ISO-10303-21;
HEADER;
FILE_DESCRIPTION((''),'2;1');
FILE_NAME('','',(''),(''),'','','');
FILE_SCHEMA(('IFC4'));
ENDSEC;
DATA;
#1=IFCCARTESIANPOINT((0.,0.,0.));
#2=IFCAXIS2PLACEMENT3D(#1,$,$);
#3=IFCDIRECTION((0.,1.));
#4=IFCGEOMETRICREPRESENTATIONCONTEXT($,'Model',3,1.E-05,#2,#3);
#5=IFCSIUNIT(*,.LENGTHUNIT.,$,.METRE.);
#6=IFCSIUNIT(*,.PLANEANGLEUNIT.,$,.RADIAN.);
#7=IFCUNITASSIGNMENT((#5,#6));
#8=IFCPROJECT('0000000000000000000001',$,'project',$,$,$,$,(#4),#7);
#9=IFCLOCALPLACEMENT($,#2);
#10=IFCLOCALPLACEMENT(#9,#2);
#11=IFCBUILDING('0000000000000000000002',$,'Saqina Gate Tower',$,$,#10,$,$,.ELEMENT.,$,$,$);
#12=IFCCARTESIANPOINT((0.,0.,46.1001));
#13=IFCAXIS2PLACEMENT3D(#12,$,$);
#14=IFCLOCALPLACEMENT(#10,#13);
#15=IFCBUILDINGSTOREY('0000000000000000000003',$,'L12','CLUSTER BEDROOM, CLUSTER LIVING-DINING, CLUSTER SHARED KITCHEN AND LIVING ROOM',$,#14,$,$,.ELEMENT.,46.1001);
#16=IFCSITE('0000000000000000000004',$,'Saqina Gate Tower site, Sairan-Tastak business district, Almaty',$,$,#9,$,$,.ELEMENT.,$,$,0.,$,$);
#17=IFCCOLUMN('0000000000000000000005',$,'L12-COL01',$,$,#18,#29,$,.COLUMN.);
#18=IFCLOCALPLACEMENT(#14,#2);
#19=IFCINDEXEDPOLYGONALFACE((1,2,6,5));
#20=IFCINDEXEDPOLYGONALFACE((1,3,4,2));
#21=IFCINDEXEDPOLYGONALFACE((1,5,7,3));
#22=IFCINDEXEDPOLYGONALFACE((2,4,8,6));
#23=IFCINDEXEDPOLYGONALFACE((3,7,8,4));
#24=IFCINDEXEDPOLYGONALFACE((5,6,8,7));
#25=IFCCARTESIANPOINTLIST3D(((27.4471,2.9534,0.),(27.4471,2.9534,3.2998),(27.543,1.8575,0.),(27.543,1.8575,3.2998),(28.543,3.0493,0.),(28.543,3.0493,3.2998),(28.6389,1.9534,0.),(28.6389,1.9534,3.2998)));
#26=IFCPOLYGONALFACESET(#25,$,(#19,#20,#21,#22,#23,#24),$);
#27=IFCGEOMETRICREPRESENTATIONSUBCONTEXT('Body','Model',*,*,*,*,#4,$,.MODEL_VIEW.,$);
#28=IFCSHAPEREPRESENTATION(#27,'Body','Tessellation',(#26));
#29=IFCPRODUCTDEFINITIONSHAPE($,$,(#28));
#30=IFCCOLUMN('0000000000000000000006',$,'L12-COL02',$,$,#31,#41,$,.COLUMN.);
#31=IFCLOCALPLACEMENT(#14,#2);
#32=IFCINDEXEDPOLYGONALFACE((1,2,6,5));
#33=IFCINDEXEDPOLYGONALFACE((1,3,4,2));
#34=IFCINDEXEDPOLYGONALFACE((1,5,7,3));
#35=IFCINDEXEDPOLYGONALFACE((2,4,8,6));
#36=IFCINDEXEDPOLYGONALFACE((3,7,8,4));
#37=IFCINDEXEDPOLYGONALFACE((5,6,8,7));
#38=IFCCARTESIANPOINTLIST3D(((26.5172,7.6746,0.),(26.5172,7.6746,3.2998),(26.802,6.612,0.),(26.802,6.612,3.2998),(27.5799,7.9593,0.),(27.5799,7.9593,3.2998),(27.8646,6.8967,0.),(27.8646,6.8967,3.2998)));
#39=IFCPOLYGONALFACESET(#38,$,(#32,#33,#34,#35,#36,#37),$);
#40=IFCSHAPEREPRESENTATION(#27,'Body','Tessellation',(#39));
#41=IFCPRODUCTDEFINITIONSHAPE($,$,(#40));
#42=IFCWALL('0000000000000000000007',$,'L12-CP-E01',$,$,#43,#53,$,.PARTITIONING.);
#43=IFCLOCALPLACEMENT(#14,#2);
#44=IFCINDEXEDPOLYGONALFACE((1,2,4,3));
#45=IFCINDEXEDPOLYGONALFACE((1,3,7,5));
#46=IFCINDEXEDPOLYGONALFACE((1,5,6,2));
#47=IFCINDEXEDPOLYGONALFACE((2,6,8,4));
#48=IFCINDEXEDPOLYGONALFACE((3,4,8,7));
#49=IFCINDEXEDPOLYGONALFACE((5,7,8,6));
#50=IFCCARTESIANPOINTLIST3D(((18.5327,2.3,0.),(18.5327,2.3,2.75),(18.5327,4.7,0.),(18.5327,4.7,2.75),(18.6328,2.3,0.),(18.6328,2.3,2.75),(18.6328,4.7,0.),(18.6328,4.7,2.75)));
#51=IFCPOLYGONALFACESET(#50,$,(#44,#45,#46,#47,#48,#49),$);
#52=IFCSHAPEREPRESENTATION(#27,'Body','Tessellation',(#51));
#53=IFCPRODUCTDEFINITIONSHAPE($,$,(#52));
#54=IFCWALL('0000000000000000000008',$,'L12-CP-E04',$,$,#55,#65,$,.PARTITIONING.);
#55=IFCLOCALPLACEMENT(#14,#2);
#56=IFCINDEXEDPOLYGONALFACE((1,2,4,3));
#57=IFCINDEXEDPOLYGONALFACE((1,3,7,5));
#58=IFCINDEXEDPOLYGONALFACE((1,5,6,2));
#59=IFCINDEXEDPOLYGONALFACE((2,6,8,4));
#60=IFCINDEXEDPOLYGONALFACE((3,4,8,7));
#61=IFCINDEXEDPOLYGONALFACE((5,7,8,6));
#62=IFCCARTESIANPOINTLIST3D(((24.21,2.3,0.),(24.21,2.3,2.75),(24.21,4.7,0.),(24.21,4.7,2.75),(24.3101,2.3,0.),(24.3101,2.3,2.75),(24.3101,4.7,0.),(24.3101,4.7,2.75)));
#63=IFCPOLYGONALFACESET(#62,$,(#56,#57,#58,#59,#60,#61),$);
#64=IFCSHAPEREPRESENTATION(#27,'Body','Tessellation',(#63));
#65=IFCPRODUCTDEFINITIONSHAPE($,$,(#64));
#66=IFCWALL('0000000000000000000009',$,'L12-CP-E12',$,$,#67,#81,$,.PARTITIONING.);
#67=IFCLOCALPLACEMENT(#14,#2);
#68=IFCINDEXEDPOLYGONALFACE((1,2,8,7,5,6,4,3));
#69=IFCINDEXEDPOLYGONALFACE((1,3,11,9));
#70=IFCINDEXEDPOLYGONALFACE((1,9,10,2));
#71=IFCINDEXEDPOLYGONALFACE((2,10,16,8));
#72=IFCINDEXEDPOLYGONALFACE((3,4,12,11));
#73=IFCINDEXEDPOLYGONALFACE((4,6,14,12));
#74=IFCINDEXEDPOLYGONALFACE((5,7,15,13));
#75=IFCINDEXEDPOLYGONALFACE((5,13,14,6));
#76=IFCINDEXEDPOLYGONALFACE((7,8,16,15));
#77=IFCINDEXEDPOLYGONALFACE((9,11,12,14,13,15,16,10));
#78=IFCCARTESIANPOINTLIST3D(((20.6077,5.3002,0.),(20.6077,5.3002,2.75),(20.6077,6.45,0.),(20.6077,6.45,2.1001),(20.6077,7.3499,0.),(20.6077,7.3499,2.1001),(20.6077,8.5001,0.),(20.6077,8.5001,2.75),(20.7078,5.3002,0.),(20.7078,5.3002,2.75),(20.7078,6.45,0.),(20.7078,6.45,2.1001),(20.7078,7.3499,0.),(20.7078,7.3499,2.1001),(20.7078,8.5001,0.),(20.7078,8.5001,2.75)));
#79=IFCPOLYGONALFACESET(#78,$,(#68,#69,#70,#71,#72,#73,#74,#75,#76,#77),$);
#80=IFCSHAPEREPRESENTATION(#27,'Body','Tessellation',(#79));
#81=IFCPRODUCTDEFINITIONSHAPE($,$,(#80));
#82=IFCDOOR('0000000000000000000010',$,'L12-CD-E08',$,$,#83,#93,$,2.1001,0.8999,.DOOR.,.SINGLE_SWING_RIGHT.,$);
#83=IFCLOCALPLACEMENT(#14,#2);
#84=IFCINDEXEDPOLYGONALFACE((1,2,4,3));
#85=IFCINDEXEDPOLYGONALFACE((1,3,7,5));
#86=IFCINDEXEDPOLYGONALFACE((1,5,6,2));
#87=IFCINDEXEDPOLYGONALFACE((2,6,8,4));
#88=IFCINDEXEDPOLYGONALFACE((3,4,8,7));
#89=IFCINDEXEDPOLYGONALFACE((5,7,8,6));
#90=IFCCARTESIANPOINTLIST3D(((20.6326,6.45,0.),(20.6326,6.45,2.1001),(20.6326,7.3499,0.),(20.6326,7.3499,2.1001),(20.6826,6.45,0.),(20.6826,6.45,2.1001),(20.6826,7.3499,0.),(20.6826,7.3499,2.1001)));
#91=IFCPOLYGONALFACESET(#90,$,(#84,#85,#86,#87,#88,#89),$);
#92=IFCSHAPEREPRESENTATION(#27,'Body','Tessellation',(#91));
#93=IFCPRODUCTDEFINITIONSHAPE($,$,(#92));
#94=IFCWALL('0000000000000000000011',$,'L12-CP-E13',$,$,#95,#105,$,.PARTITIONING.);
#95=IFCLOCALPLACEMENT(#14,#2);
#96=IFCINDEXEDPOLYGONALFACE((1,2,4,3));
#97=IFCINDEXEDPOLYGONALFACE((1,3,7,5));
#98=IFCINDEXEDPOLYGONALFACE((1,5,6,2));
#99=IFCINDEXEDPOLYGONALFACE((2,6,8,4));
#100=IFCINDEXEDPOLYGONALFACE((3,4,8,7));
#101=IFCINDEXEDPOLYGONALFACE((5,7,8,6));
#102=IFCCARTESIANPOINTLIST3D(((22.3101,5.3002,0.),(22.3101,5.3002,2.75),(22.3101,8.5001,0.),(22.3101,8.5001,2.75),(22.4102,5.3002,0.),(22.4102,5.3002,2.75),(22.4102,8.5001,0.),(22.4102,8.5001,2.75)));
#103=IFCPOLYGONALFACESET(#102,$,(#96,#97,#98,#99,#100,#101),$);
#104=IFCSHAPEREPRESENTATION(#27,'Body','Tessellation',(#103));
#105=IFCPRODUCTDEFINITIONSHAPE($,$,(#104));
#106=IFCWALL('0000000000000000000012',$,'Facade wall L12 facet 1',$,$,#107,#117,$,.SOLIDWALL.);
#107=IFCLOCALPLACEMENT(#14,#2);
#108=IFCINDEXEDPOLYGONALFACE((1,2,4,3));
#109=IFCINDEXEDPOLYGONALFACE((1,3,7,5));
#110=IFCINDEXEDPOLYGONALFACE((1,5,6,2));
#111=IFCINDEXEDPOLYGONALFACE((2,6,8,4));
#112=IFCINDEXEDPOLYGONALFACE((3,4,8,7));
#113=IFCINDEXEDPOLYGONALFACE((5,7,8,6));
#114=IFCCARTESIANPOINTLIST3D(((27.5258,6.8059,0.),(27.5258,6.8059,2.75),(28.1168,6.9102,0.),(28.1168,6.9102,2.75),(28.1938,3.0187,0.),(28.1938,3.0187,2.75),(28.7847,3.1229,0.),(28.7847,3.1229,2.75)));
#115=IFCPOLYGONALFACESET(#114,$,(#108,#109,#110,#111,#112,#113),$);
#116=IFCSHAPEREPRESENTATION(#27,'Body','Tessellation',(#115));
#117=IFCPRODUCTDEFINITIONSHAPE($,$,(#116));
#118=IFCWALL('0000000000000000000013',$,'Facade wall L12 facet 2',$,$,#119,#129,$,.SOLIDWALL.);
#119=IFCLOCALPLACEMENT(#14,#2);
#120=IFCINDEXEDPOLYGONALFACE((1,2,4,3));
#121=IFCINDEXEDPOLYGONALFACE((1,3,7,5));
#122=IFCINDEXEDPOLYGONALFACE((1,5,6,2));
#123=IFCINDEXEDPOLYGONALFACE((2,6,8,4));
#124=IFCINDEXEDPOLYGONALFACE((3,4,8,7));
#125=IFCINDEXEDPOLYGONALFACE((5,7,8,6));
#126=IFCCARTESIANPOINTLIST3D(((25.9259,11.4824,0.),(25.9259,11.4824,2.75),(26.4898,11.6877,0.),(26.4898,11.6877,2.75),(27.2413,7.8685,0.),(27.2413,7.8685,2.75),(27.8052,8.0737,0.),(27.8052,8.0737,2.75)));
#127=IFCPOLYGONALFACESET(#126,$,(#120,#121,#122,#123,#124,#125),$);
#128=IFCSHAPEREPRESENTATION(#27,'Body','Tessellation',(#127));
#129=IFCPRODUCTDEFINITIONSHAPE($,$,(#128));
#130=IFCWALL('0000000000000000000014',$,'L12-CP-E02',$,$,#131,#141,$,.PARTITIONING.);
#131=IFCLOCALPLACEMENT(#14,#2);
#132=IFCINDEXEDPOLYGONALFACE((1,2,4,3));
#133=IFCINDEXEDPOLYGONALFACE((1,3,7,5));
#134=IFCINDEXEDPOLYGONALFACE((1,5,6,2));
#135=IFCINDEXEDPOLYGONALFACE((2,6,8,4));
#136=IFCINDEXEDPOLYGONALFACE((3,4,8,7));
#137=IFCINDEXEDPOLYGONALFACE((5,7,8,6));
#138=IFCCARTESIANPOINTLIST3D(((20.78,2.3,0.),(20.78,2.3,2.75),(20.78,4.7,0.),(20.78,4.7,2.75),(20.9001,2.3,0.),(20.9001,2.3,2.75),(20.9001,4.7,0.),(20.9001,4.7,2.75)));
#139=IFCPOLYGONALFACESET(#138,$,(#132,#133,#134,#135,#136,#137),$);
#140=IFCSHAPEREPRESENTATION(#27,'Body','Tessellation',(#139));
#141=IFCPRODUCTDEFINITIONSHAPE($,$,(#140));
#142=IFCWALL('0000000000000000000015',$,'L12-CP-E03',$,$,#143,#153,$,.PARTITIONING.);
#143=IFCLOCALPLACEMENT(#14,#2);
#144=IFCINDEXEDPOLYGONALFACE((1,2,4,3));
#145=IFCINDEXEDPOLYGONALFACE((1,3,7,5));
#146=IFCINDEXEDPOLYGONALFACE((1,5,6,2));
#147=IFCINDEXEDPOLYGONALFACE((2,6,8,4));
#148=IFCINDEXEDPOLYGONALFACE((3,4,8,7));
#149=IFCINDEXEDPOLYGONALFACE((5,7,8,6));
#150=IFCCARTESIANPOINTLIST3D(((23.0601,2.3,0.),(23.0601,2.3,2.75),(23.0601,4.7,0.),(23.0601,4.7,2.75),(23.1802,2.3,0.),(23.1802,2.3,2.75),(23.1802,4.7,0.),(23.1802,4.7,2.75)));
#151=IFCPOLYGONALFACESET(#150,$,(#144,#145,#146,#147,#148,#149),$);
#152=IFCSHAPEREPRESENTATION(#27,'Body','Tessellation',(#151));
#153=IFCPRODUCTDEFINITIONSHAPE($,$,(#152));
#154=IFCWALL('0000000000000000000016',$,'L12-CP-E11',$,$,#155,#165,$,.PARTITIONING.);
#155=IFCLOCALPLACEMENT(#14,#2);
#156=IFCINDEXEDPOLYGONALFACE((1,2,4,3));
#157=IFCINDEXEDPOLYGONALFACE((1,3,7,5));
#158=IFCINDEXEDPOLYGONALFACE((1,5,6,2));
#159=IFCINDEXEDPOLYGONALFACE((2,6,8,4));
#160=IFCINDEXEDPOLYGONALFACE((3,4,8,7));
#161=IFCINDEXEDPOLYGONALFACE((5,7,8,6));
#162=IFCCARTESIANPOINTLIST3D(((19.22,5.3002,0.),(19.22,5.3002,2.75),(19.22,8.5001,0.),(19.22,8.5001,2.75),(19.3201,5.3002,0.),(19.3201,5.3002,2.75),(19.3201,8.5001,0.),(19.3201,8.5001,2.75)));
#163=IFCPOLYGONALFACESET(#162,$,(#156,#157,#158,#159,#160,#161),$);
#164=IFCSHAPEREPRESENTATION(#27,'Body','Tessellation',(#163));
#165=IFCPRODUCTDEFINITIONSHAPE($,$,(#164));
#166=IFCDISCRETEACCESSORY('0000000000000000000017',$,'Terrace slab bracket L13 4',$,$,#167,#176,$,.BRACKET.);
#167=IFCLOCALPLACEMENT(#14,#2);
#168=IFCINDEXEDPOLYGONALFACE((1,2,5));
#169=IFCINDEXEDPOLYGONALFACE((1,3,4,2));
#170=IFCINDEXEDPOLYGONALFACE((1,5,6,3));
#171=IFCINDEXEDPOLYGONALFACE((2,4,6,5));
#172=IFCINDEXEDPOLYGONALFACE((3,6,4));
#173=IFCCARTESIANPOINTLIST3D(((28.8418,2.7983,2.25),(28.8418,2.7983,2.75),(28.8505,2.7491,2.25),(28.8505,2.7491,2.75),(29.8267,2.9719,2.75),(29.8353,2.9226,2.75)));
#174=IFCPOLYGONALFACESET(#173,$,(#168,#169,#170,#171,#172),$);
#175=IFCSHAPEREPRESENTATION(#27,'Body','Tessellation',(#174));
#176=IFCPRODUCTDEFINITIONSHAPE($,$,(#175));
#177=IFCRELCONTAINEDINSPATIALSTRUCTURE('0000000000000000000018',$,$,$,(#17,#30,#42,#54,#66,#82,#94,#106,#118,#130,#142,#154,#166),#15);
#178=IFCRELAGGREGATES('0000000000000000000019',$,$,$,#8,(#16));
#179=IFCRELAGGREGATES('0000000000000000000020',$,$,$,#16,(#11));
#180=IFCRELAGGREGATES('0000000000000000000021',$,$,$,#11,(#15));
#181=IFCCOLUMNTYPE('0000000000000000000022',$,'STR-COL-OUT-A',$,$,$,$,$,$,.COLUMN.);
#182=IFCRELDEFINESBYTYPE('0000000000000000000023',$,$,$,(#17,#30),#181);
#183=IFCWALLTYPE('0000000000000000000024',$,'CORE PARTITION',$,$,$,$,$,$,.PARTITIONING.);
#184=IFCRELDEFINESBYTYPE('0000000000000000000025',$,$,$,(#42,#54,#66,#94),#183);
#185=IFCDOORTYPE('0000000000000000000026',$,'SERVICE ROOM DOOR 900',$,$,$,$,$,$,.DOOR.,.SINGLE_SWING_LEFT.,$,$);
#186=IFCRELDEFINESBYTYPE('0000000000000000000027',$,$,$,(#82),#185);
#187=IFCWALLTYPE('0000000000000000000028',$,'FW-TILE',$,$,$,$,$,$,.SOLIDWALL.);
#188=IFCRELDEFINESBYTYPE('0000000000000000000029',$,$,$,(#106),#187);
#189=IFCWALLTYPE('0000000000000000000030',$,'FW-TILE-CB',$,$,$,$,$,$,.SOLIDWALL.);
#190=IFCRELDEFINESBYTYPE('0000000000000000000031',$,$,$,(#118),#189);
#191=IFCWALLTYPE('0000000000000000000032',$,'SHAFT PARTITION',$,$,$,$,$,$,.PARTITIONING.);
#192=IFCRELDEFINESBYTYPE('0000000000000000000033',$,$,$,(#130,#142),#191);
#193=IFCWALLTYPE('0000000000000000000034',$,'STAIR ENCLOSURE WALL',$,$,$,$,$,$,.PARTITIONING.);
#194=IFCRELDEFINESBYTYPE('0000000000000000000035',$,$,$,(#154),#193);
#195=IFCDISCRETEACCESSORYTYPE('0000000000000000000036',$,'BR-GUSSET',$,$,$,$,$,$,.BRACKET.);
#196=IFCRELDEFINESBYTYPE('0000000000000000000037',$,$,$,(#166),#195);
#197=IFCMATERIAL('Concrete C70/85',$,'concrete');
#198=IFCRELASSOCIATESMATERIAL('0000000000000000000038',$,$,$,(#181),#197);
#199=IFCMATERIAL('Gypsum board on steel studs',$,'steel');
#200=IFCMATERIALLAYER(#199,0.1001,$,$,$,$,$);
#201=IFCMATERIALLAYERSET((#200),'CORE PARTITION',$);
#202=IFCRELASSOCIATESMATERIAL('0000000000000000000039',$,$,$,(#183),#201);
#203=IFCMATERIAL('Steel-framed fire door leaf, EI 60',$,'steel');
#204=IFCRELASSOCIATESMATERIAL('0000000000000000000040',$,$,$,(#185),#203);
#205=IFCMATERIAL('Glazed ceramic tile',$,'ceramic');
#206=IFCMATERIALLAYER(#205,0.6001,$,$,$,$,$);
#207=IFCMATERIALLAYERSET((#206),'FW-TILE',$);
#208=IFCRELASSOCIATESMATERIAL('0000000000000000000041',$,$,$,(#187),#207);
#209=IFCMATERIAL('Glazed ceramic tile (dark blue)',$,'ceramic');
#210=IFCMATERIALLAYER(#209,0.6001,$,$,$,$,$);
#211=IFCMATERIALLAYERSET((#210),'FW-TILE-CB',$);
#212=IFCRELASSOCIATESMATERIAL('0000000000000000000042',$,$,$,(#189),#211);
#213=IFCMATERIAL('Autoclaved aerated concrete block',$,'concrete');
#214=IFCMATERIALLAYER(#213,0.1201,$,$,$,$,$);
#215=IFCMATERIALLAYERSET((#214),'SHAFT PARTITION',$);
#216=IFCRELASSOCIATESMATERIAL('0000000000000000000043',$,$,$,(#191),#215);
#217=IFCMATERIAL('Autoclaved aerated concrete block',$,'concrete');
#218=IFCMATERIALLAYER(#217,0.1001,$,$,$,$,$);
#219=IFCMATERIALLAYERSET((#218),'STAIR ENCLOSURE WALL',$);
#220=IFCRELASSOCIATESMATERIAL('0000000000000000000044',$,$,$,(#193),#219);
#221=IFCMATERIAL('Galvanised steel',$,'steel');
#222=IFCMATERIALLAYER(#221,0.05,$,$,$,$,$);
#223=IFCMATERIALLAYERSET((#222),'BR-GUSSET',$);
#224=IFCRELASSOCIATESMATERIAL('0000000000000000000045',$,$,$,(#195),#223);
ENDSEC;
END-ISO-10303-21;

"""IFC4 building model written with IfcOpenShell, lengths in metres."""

from ifc_helpers import new_model, si_unit, direction, frame, frame_2d, origin, origin_2d, place, context, subcontext, project, spatial, polyline, rectangle, outline, extrude, material, layer, layer_set, material_profile, profile_set, type_object, element, fill, save


model = new_model("IFC4")

# Units and contexts
model_context = context("Model", 3, precision=1e-05, world=origin(), true_north=direction((0.0, 1.0)))
body_context = subcontext(model_context, "Body", "Model", "MODEL_VIEW")
ifc_project = project(units=[si_unit("LENGTHUNIT", "METRE"), si_unit("PLANEANGLEUNIT", "RADIAN")], contexts=[model_context])

# Site, building, storey
site_placement = place(None, origin())
site = spatial("IfcSite", under=ifc_project, at=site_placement, Name="Saqina Gate Tower site, Sairan-Tastak business district, Almaty", CompositionType="ELEMENT", RefElevation=0.0)
building_placement = place(site_placement, origin())
building = spatial("IfcBuilding", under=site, at=building_placement, Name="Saqina Gate Tower", CompositionType="ELEMENT")
storey_placement = place(building_placement, frame((0.0, 0.0, 46.1001)))
storey = spatial("IfcBuildingStorey", under=building, at=storey_placement, Name="L12", Description="CLUSTER BEDROOM, CLUSTER LIVING-DINING, CLUSTER SHARED KITCHEN AND LIVING ROOM", CompositionType="ELEMENT", Elevation=46.1001)

# Columns
ifc_material_1 = material(Name="Concrete C70/85", Category="concrete")
ifc_material_profile = material_profile(ifc_material_1, rectangle(XDim=1.1001, YDim=1.1001, at=origin_2d()), Name="RC 1100x1100")
ifc_profile_set = profile_set([ifc_material_profile], Name="Concrete C70/85")
column_type = type_object("IfcColumnType", Name="STR-COL-OUT-A", PredefinedType="COLUMN", material=ifc_profile_set)
for number, where, z_axis, x_axis, name in (
    (1, (28.043, 2.4534, 0.0), (0.0, 0.0, 1.0), (0.996195, 0.087156, 0.0), "L12-COL01"),
    (2, (27.1909, 7.2856, 0.0), (0.0, 0.0, 1.0), (0.965926, 0.258819, 0.0), "L12-COL02"),
):
    element("IfcColumn", number, at=place(storey_placement, frame(where, z_axis=z_axis, x_axis=x_axis)), inside=storey, type_object=column_type, Name=name, PredefinedType="COLUMN", context=body_context, shape_type="SweptSolid", body=[
        extrude(rectangle(XDim=1.1001, YDim=1.1001, at=origin_2d()), origin(), (0.0, 0.0, 1.0), 3.2998),
    ])

# Walls
ifc_material_2 = material(Name="Gypsum board on steel studs", Category="steel")
ifc_layer_1 = layer(ifc_material_2, 0.1001)
ifc_layer_set_1 = layer_set([ifc_layer_1], Name="CORE PARTITION")
wall_type_1 = type_object("IfcWallType", Name="CORE PARTITION", PredefinedType="PARTITIONING", material=ifc_layer_set_1)
for number, where, z_axis, x_axis, name in (
    (3, (18.5828, 2.3, 0.0), (0.0, 0.0, 1.0), (0.0, 1.0, 0.0), "L12-CP-E01"),
    (4, (24.26, 2.3, 0.0), (0.0, 0.0, 1.0), (0.0, 1.0, 0.0), "L12-CP-E04"),
):
    element("IfcWall", number, at=place(storey_placement, frame(where, z_axis=z_axis, x_axis=x_axis)), inside=storey, type_object=wall_type_1, Name=name, PredefinedType="PARTITIONING", context=body_context, shape_type="SweptSolid", body=[
        extrude(rectangle(XDim=2.3999, YDim=0.1001, at=frame_2d((1.2, 0.0))), origin(), (0.0, 0.0, 1.0), 2.75),
    ])

# Wall, opening, door
wall_1_placement = place(storey_placement, frame((20.6577, 5.3, 0.0), z_axis=(0.0, 0.0, 1.0), x_axis=(0.0, 1.0, 0.0)))
wall_1 = element("IfcWall", 5, at=wall_1_placement, inside=storey, type_object=wall_type_1, Name="L12-CP-E12", PredefinedType="PARTITIONING", context=body_context, shape_type="SweptSolid", body=[
    extrude(rectangle(XDim=3.2, YDim=0.1001, at=frame_2d((1.6001, 0.0))), origin(), (0.0, 0.0, 1.0), 2.75),
])
opening_placement = place(wall_1_placement, frame((1.1499, 0.0, 0.0)))
opening = element("IfcOpeningElement", 6, at=opening_placement, cuts=wall_1, PredefinedType="OPENING", context=body_context, shape_type="SweptSolid", body=[
    extrude(rectangle(XDim=0.8999, YDim=2.1001, at=frame_2d((0.45, 1.05))), frame((0.0, 0.062, 0.0), z_axis=(0.0, -1.0, 0.0), x_axis=(1.0, 0.0, 0.0)), (0.0, 0.0, 1.0), 0.124),
])
ifc_material_3 = material(Name="Steel-framed fire door leaf, EI 60", Category="steel")
door_type = type_object("IfcDoorType", Name="SERVICE ROOM DOOR 900", OperationType="SINGLE_SWING_LEFT", PredefinedType="DOOR", material=ifc_material_3)
door_placement = place(opening_placement, frame((0.8999, 0.0, 0.0), z_axis=(0.0, 0.0, 1.0), x_axis=(-1.0, 0.0, 0.0)))
door = element("IfcDoor", 7, at=door_placement, inside=storey, type_object=door_type, Name="L12-CD-E08", OperationType="SINGLE_SWING_RIGHT", OverallHeight=2.1001, OverallWidth=0.8999, PredefinedType="DOOR", context=body_context, shape_type="SweptSolid", body=[
    extrude(rectangle(XDim=0.8999, YDim=2.1001, at=frame_2d((0.45, 1.05))), frame((0.0, 0.0249, 0.0), z_axis=(0.0, -1.0, 0.0), x_axis=(1.0, 0.0, 0.0)), (0.0, 0.0, 1.0), 0.05),
])
fill(opening, door)

# Walls
wall_2_placement = place(storey_placement, frame((22.3601, 5.3, 0.0), z_axis=(0.0, 0.0, 1.0), x_axis=(0.0, 1.0, 0.0)))
element("IfcWall", 8, at=wall_2_placement, inside=storey, type_object=wall_type_1, Name="L12-CP-E13", PredefinedType="PARTITIONING", context=body_context, shape_type="SweptSolid", body=[
    extrude(rectangle(XDim=3.2, YDim=0.1001, at=frame_2d((1.6001, 0.0))), origin(), (0.0, 0.0, 1.0), 2.75),
])
ifc_material_4 = material(Name="Glazed ceramic tile", Category="ceramic")
ifc_layer_2 = layer(ifc_material_4, 0.6001)
ifc_layer_set_2 = layer_set([ifc_layer_2], Name="FW-TILE")
wall_type_2 = type_object("IfcWallType", Name="FW-TILE", PredefinedType="SOLIDWALL", material=ifc_layer_set_2)
wall_3_placement = place(storey_placement, frame((28.4893, 3.0708, 0.0), z_axis=(0.0, 0.0, 1.0), x_axis=(-0.173688, 0.984801, 0.0)))
element("IfcWall", 9, at=wall_3_placement, inside=storey, type_object=wall_type_2, Name="Facade wall L12 facet 1", PredefinedType="SOLIDWALL", context=body_context, shape_type="SweptSolid", body=[
    extrude(rectangle(XDim=3.8457, YDim=0.6001, at=frame_2d((1.9229, 0.0))), origin(), (0.0, 0.0, 1.0), 2.75),
])
ifc_material_5 = material(Name="Glazed ceramic tile (dark blue)", Category="ceramic")
ifc_layer_3 = layer(ifc_material_5, 0.6001)
ifc_layer_set_3 = layer_set([ifc_layer_3], Name="FW-TILE-CB")
wall_type_3 = type_object("IfcWallType", Name="FW-TILE-CB", PredefinedType="SOLIDWALL", material=ifc_layer_set_3)
wall_4_placement = place(storey_placement, frame((27.5232, 7.9712, 0.0), z_axis=(0.0, 0.0, 1.0), x_axis=(-0.342028, 0.93969, 0.0)))
element("IfcWall", 10, at=wall_4_placement, inside=storey, type_object=wall_type_3, Name="Facade wall L12 facet 2", PredefinedType="SOLIDWALL", context=body_context, shape_type="SweptSolid", body=[
    extrude(rectangle(XDim=3.8459, YDim=0.6001, at=frame_2d((1.9229, 0.0))), origin(), (0.0, 0.0, 1.0), 2.75),
])
ifc_material_6 = material(Name="Autoclaved aerated concrete block", Category="concrete")
ifc_layer_4 = layer(ifc_material_6, 0.1201)
ifc_layer_set_4 = layer_set([ifc_layer_4], Name="SHAFT PARTITION")
wall_type_4 = type_object("IfcWallType", Name="SHAFT PARTITION", PredefinedType="PARTITIONING", material=ifc_layer_set_4)
for number, where, z_axis, x_axis, name in (
    (11, (20.8401, 2.3, 0.0), (0.0, 0.0, 1.0), (0.0, 1.0, 0.0), "L12-CP-E02"),
    (12, (23.1201, 2.3, 0.0), (0.0, 0.0, 1.0), (0.0, 1.0, 0.0), "L12-CP-E03"),
):
    element("IfcWall", number, at=place(storey_placement, frame(where, z_axis=z_axis, x_axis=x_axis)), inside=storey, type_object=wall_type_4, Name=name, PredefinedType="PARTITIONING", context=body_context, shape_type="SweptSolid", body=[
        extrude(rectangle(XDim=2.3999, YDim=0.1201, at=frame_2d((1.2, 0.0))), origin(), (0.0, 0.0, 1.0), 2.75),
    ])
ifc_material_7 = material(Name="Autoclaved aerated concrete block", Category="concrete")
ifc_layer_5 = layer(ifc_material_7, 0.1001)
ifc_layer_set_5 = layer_set([ifc_layer_5], Name="STAIR ENCLOSURE WALL")
wall_type_5 = type_object("IfcWallType", Name="STAIR ENCLOSURE WALL", PredefinedType="PARTITIONING", material=ifc_layer_set_5)
wall_5_placement = place(storey_placement, frame((19.27, 5.3, 0.0), z_axis=(0.0, 0.0, 1.0), x_axis=(0.0, 1.0, 0.0)))
element("IfcWall", 13, at=wall_5_placement, inside=storey, type_object=wall_type_5, Name="L12-CP-E11", PredefinedType="PARTITIONING", context=body_context, shape_type="SweptSolid", body=[
    extrude(rectangle(XDim=3.2, YDim=0.1001, at=frame_2d((1.6001, 0.0))), origin(), (0.0, 0.0, 1.0), 2.75),
])

# Discrete accessory
ifc_material_8 = material(Name="Galvanised steel", Category="steel")
ifc_layer_6 = layer(ifc_material_8, 0.05)
ifc_layer_set_6 = layer_set([ifc_layer_6], Name="BR-GUSSET")
discrete_accessory_type = type_object("IfcDiscreteAccessoryType", Name="BR-GUSSET", PredefinedType="BRACKET", material=ifc_layer_set_6)
discrete_accessory_1_placement = place(storey_placement, frame((28.8418, 2.7983, 2.25), z_axis=(-0.173576, 0.98482, 0.0), x_axis=(0.0, 0.0, 1.0)))
element("IfcDiscreteAccessory", 14, at=discrete_accessory_1_placement, inside=storey, type_object=discrete_accessory_type, Name="Terrace slab bracket L13 4", PredefinedType="BRACKET", context=body_context, shape_type="SweptSolid", body=[
    extrude(outline(polyline([(0.0, 0.0), (0.5, 0.0), (0.5, 1.0), (0.0, 0.0)])), origin(), (0.0, 0.0, -1.0), 0.05),
])

save(model, "model.ifc")
